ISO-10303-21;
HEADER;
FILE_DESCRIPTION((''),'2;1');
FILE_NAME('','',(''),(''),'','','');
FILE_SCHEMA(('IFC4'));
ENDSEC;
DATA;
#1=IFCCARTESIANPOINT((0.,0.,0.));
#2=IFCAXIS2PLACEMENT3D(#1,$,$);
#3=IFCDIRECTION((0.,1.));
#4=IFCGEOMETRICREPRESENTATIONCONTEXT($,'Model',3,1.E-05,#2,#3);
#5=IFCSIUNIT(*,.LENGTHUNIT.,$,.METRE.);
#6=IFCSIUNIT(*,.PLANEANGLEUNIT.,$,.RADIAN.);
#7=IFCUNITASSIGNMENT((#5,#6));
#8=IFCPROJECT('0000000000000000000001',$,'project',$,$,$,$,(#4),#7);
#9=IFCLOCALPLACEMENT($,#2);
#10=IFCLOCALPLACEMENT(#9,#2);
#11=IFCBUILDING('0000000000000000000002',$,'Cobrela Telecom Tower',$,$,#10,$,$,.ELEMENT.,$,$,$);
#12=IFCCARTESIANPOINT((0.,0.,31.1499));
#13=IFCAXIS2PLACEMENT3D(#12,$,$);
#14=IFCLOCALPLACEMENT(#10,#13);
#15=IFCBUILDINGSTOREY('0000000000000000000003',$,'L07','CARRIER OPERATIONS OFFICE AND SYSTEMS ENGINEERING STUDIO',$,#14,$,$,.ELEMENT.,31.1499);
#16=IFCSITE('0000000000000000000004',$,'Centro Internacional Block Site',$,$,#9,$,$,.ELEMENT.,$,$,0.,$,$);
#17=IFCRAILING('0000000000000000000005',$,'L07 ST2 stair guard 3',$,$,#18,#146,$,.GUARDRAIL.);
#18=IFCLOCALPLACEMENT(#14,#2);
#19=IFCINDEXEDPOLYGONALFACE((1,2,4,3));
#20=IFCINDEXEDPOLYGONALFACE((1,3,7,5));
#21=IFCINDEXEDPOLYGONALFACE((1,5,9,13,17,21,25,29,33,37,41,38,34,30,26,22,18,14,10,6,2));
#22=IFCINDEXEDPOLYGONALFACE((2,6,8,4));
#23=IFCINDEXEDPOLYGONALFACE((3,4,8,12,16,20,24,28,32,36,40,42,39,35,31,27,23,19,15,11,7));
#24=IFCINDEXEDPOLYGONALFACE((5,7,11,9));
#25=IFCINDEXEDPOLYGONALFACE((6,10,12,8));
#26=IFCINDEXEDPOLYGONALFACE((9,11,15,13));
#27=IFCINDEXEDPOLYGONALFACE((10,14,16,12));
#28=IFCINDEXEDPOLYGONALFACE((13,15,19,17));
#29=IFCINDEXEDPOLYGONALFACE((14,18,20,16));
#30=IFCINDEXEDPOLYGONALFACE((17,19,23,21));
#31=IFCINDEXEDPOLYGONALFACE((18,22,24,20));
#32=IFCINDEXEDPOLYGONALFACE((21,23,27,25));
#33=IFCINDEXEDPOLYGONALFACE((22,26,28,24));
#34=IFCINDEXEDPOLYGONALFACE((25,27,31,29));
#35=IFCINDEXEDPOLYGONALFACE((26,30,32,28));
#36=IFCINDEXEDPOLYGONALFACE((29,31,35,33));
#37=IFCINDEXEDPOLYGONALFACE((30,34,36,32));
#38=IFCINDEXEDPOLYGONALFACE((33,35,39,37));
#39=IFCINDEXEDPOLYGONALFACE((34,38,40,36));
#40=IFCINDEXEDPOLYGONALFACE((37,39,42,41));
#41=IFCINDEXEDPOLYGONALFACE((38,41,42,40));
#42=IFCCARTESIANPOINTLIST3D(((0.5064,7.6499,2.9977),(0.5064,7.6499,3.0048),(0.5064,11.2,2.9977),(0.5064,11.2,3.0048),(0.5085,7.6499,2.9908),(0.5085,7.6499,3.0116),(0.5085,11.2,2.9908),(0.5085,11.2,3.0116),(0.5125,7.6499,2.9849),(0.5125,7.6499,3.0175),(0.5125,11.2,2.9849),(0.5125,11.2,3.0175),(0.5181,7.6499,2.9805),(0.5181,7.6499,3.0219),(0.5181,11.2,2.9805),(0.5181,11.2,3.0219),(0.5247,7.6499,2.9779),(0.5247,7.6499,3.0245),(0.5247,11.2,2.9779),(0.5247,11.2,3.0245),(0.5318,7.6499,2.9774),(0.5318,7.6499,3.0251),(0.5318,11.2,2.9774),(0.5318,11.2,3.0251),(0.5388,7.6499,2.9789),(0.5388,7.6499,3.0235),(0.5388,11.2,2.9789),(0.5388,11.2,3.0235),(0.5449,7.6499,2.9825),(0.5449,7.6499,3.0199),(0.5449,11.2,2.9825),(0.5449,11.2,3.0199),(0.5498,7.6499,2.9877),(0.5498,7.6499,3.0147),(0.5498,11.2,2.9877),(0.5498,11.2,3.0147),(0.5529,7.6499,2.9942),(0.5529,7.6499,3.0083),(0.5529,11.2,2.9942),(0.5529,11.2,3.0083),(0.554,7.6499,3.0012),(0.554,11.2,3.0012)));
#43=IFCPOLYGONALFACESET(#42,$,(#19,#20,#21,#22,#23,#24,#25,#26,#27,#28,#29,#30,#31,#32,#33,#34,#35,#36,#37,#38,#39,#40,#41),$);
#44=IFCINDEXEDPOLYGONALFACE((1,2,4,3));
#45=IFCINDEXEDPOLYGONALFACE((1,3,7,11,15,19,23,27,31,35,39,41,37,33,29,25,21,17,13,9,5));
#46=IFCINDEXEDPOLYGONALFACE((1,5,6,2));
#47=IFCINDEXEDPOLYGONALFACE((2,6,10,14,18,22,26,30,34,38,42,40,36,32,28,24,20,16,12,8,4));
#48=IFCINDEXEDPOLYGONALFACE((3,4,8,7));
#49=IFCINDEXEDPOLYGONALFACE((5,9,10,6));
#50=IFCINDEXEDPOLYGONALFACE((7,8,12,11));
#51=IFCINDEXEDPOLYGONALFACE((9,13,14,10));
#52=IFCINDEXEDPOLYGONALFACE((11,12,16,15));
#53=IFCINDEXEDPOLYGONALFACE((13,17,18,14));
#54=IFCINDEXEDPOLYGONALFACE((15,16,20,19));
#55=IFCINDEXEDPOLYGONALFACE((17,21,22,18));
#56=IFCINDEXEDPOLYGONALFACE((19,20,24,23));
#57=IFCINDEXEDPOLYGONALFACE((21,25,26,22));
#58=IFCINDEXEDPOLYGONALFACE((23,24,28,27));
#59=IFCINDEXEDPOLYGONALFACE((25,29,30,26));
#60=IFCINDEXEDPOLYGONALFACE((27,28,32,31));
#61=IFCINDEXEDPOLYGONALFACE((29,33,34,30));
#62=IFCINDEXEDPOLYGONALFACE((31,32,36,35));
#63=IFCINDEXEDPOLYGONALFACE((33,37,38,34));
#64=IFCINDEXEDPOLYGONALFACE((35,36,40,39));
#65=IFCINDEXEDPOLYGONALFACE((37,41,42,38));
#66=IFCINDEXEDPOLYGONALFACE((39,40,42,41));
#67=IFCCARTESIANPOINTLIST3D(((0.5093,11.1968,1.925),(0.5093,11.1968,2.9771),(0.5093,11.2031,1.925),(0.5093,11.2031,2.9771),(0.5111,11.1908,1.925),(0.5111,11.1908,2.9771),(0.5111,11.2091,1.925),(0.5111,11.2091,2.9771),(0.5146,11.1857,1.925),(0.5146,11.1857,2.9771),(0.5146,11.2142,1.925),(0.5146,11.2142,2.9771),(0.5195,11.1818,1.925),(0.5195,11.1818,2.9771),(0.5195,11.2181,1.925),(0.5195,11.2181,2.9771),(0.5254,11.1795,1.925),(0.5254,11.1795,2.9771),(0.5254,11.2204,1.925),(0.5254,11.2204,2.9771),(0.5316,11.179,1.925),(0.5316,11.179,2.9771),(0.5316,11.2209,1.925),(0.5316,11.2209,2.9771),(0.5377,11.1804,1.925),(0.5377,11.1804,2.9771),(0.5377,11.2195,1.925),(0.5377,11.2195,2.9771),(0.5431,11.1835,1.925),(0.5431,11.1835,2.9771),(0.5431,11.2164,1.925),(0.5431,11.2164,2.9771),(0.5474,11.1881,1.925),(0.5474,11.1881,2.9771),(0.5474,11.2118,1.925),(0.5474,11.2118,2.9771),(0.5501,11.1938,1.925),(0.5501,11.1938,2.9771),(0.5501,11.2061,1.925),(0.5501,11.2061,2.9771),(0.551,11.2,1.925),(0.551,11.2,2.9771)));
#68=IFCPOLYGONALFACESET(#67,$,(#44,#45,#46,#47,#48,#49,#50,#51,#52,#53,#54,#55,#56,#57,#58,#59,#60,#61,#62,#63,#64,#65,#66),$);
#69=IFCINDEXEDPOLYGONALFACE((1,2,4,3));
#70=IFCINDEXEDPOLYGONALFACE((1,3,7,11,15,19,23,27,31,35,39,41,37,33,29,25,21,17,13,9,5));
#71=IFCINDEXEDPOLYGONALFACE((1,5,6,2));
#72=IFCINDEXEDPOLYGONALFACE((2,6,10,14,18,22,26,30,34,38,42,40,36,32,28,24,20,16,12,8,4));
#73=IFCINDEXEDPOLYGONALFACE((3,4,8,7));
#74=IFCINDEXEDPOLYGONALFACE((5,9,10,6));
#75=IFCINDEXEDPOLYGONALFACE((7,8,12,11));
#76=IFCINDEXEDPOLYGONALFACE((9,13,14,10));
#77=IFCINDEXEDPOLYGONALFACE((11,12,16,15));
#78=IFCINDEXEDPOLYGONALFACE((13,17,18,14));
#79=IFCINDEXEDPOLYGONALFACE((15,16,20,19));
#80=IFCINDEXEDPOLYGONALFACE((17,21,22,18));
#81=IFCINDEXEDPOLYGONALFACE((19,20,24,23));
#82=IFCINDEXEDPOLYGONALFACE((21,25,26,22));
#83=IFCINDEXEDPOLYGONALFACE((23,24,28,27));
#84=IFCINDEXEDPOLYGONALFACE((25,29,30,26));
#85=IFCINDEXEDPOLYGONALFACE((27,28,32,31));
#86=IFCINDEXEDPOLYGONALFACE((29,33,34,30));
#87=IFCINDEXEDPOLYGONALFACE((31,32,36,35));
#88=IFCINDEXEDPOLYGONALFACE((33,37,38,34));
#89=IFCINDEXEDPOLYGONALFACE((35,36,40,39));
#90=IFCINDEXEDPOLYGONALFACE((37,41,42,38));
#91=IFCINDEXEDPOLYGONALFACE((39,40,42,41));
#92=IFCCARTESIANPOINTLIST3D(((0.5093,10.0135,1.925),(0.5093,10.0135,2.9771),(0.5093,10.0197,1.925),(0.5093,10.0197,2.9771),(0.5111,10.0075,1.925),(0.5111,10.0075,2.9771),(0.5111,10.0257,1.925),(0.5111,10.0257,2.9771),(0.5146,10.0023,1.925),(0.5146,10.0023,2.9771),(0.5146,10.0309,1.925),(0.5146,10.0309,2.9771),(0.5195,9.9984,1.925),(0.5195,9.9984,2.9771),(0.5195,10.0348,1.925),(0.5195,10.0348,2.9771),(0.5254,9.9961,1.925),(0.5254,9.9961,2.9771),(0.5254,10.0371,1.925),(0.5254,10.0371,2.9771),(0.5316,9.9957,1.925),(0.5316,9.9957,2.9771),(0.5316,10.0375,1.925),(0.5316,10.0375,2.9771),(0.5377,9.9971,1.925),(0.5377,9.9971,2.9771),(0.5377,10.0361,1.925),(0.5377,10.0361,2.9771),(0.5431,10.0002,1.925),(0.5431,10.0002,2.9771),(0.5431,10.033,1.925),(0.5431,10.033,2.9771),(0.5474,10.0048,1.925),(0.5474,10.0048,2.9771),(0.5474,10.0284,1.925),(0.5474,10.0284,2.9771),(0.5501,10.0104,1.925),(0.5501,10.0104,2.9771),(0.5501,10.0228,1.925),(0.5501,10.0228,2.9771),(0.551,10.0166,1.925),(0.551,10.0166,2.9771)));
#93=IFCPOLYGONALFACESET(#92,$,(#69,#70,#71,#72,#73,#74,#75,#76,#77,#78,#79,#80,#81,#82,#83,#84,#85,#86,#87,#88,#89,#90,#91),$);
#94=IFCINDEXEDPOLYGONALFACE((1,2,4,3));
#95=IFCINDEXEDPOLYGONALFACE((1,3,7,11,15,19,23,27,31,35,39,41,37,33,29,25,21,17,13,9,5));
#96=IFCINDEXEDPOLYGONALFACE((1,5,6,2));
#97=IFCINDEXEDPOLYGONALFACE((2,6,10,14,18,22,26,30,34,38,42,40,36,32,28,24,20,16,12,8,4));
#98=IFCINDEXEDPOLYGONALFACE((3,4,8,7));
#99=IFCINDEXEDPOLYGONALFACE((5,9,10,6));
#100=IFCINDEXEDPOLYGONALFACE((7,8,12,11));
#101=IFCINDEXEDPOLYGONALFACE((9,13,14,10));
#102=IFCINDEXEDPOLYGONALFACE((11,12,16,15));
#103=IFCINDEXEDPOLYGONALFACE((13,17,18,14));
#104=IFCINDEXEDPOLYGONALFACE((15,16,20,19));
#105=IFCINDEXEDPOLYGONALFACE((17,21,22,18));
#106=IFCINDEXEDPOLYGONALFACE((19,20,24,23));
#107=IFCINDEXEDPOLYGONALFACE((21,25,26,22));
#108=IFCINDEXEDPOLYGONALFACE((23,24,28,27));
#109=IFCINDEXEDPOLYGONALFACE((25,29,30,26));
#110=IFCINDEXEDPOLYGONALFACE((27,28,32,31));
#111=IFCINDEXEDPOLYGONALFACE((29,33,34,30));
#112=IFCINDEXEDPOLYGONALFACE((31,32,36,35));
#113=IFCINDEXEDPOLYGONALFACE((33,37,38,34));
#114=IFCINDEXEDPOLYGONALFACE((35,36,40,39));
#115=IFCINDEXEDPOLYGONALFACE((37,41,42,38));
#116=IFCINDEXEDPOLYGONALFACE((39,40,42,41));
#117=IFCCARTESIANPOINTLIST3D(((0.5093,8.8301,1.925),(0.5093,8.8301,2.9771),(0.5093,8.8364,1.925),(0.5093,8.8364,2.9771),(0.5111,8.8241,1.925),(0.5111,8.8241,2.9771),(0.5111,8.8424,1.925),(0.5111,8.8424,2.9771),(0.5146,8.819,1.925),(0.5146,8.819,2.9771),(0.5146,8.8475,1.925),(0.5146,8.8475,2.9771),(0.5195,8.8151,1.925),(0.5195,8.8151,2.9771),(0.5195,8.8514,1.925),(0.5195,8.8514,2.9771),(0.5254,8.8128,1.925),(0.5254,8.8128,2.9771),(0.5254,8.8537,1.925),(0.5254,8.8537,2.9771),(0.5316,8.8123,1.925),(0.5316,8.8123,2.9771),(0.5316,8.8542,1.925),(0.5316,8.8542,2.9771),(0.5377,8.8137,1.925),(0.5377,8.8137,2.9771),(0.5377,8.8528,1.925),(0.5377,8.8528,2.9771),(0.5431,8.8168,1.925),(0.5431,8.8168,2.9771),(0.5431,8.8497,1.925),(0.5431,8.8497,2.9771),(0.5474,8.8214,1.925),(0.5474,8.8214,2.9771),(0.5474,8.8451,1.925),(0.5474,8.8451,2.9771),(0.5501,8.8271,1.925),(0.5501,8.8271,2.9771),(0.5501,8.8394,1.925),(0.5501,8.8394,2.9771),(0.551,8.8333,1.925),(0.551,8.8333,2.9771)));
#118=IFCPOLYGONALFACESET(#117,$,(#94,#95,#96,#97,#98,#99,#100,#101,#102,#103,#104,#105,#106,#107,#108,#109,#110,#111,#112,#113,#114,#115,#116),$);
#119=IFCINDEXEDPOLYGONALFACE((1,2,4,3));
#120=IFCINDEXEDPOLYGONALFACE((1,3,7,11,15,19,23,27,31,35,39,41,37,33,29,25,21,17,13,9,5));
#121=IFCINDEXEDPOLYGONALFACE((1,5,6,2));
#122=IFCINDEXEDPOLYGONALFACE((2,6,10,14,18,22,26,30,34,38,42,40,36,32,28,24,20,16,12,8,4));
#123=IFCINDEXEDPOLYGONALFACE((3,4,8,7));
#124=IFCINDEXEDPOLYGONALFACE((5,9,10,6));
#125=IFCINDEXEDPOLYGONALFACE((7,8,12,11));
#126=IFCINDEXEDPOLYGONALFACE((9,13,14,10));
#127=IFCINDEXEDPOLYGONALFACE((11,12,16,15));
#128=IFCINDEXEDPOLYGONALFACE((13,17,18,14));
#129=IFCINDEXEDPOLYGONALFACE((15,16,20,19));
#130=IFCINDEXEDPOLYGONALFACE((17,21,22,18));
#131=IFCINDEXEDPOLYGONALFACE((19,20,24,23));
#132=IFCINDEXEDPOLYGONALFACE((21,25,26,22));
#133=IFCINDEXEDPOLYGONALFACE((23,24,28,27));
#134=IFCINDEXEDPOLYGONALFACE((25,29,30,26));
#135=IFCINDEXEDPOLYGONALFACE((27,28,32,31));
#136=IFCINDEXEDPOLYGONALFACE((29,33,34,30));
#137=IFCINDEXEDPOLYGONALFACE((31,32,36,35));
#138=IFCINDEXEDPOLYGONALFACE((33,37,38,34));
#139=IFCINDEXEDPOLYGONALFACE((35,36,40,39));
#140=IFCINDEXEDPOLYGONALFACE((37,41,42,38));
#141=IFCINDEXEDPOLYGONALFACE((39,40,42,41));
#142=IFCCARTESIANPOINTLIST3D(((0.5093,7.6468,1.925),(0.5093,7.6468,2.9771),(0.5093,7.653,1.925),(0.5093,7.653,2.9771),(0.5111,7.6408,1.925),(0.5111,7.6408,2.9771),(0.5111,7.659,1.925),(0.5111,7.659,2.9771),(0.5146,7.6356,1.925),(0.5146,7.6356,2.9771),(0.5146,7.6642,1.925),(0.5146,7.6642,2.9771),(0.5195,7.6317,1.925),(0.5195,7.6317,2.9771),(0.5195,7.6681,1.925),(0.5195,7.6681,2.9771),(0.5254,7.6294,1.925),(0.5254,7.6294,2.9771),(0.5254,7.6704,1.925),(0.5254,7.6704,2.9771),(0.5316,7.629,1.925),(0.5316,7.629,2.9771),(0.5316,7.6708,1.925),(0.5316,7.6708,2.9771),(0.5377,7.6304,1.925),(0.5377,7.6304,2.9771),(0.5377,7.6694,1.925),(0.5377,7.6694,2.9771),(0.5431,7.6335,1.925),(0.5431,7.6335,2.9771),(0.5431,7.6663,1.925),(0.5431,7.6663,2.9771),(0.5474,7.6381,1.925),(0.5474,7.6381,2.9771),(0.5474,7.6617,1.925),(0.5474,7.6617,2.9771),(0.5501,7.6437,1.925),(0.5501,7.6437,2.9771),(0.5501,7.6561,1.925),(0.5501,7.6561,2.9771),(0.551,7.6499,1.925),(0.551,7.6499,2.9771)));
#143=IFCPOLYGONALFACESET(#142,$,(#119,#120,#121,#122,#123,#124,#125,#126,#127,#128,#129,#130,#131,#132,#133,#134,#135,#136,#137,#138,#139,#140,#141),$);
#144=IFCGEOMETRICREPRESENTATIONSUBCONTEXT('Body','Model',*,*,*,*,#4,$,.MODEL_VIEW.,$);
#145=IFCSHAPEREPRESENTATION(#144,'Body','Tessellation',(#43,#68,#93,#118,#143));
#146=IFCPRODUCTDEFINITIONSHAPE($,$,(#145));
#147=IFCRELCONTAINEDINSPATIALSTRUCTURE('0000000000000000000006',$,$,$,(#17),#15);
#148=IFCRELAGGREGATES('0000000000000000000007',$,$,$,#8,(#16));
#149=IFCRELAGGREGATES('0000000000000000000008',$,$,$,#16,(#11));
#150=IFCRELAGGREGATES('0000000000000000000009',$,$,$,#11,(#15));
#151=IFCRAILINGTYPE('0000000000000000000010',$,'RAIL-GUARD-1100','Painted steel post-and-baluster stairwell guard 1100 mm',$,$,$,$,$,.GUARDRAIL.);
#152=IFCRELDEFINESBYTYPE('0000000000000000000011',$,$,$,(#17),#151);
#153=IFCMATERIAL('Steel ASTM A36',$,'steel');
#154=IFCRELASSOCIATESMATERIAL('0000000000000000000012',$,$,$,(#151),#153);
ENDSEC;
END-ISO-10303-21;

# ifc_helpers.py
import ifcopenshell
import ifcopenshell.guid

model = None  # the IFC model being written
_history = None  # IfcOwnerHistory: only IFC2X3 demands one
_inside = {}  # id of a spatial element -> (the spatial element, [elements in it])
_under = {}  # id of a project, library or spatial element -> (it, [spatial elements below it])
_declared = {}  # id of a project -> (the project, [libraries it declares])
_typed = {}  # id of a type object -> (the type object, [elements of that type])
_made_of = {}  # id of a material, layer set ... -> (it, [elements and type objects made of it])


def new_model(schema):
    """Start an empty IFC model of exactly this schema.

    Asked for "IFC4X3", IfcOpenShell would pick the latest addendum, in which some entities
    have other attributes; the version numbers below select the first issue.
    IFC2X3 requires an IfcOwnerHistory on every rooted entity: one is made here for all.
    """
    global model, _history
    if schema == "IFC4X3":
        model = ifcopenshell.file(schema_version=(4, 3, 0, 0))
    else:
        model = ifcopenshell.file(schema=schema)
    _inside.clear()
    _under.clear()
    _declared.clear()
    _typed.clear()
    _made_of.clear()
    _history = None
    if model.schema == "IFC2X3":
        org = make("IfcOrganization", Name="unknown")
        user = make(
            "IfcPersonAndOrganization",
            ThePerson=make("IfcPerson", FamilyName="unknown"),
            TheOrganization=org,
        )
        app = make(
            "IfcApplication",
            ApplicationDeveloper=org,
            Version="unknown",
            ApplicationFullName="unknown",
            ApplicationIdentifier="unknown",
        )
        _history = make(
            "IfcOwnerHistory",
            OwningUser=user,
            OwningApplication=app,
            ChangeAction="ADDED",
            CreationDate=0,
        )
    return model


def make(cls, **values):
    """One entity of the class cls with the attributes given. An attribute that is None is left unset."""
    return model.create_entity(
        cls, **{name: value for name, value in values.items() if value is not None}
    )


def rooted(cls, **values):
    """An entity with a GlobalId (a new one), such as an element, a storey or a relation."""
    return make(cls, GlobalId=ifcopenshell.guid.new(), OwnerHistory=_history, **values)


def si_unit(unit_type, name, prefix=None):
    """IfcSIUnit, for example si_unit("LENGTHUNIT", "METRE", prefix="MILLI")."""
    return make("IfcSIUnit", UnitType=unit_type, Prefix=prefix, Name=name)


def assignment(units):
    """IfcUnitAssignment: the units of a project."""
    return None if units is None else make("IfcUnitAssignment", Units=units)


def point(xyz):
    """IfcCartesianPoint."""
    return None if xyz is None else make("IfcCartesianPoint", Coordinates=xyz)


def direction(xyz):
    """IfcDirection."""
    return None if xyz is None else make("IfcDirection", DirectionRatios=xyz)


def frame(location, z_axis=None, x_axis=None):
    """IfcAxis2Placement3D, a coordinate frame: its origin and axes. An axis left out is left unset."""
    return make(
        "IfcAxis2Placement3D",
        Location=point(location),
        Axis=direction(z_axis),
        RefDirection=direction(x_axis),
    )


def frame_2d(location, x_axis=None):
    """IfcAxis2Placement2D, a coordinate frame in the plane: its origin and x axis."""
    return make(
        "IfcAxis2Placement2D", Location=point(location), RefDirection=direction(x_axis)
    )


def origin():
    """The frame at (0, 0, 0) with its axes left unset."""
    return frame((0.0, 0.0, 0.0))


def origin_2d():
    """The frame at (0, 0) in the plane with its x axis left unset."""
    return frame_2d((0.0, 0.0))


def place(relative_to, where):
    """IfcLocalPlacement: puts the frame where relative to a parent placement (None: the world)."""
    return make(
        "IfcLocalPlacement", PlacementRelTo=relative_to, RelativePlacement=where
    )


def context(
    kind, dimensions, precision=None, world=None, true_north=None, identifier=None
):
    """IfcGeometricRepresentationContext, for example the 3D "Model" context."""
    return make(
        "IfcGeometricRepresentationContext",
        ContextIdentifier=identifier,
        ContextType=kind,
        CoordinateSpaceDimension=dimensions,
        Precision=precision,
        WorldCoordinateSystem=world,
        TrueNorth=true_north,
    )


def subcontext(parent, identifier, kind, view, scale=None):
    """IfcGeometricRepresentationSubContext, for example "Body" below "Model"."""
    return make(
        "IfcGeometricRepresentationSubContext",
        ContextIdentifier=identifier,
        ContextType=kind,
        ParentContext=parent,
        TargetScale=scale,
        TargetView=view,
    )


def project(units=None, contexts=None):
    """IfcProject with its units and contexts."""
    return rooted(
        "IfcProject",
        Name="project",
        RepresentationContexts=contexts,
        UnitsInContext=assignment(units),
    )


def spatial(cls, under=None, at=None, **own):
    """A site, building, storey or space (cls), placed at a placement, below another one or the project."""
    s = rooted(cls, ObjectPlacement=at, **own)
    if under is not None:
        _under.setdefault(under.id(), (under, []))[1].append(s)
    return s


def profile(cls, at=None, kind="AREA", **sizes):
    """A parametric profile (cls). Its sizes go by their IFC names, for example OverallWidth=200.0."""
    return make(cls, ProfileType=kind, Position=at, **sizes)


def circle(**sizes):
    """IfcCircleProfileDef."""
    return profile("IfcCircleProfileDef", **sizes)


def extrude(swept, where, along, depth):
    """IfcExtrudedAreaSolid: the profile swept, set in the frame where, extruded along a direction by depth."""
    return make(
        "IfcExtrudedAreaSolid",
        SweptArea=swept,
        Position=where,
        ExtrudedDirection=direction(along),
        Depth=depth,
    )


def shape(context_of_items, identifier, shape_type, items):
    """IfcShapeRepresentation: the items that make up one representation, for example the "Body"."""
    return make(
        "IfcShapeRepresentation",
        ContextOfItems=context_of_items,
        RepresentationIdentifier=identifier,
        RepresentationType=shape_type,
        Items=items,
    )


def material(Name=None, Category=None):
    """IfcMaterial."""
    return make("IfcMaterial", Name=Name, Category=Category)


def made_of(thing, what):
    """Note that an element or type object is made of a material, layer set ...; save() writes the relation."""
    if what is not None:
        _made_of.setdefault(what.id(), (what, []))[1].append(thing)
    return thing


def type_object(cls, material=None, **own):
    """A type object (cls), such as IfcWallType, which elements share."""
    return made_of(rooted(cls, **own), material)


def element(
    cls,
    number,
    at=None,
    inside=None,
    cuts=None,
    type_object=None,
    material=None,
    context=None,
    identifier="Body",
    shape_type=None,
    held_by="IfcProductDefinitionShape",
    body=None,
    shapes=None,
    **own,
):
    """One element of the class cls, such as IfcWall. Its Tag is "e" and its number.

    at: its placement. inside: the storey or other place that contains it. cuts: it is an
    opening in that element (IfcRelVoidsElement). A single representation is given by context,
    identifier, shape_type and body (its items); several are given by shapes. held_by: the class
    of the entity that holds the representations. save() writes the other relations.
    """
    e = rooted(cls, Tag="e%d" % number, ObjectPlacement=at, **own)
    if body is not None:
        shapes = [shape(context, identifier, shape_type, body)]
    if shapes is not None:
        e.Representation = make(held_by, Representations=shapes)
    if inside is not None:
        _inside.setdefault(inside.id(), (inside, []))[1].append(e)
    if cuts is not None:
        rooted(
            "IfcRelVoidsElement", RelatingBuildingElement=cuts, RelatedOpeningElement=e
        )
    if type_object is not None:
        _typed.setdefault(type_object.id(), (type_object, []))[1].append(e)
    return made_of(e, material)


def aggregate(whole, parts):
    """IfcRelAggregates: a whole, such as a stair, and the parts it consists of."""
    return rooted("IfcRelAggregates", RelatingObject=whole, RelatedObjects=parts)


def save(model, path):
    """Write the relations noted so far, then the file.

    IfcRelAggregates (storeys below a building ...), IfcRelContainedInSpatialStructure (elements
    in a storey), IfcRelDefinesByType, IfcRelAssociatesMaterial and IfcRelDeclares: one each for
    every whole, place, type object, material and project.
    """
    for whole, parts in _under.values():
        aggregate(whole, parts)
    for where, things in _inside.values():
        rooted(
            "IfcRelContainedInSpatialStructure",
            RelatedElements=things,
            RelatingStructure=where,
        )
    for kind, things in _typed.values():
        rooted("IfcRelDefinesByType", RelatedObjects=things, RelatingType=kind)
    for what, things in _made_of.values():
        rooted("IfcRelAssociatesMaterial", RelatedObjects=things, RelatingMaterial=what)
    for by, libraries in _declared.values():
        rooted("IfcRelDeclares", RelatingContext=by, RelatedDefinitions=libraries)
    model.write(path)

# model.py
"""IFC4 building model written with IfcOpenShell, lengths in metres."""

from ifc_helpers import new_model, si_unit, direction, frame, origin, origin_2d, place, context, subcontext, project, spatial, circle, extrude, material, type_object, element, save


model = new_model("IFC4")

# Units and contexts
model_context = context("Model", 3, precision=1e-05, world=origin(), true_north=direction((0.0, 1.0)))
body_context = subcontext(model_context, "Body", "Model", "MODEL_VIEW")
ifc_project = project(units=[si_unit("LENGTHUNIT", "METRE"), si_unit("PLANEANGLEUNIT", "RADIAN")], contexts=[model_context])

# Site, building, storey
site_placement = place(None, origin())
site = spatial("IfcSite", under=ifc_project, at=site_placement, Name="Centro Internacional Block Site", CompositionType="ELEMENT", RefElevation=0.0)
building_placement = place(site_placement, origin())
building = spatial("IfcBuilding", under=site, at=building_placement, Name="Cobrela Telecom Tower", CompositionType="ELEMENT")
storey_placement = place(building_placement, frame((0.0, 0.0, 31.1499)))
storey = spatial("IfcBuildingStorey", under=building, at=storey_placement, Name="L07", Description="CARRIER OPERATIONS OFFICE AND SYSTEMS ENGINEERING STUDIO", CompositionType="ELEMENT", Elevation=31.1499)

# Railing
ifc_material_1 = material(Name="Steel ASTM A36", Category="steel")
railing_type_1 = type_object("IfcRailingType", Name="RAIL-GUARD-1100", Description="Painted steel post-and-baluster stairwell guard 1100 mm", PredefinedType="GUARDRAIL", material=ifc_material_1)
railing_1_placement = place(storey_placement, frame((0.53, 11.2, 1.925)))
element("IfcRailing", 1, at=railing_1_placement, inside=storey, type_object=railing_type_1, Name="L07 ST2 stair guard 3", PredefinedType="GUARDRAIL", context=body_context, shape_type="SweptSolid", body=[
    extrude(circle(Radius=0.0239, at=origin_2d()), frame((0.0, 0.0, 1.0762), z_axis=(0.0, -1.0, 0.0), x_axis=(1.0, 0.0, 0.0)), (0.0, 0.0, 1.0), 3.55),
    extrude(circle(Radius=0.021, at=origin_2d()), origin(), (0.0, 0.0, 1.0), 1.052),
    extrude(circle(Radius=0.021, at=origin_2d()), frame((0.0, -1.1833, 0.0)), (0.0, 0.0, 1.0), 1.052),
    extrude(circle(Radius=0.021, at=origin_2d()), frame((0.0, -2.3667, 0.0)), (0.0, 0.0, 1.0), 1.052),
    extrude(circle(Radius=0.021, at=origin_2d()), frame((0.0, -3.55, 0.0)), (0.0, 0.0, 1.0), 1.052),
])

save(model, "model.ifc")
